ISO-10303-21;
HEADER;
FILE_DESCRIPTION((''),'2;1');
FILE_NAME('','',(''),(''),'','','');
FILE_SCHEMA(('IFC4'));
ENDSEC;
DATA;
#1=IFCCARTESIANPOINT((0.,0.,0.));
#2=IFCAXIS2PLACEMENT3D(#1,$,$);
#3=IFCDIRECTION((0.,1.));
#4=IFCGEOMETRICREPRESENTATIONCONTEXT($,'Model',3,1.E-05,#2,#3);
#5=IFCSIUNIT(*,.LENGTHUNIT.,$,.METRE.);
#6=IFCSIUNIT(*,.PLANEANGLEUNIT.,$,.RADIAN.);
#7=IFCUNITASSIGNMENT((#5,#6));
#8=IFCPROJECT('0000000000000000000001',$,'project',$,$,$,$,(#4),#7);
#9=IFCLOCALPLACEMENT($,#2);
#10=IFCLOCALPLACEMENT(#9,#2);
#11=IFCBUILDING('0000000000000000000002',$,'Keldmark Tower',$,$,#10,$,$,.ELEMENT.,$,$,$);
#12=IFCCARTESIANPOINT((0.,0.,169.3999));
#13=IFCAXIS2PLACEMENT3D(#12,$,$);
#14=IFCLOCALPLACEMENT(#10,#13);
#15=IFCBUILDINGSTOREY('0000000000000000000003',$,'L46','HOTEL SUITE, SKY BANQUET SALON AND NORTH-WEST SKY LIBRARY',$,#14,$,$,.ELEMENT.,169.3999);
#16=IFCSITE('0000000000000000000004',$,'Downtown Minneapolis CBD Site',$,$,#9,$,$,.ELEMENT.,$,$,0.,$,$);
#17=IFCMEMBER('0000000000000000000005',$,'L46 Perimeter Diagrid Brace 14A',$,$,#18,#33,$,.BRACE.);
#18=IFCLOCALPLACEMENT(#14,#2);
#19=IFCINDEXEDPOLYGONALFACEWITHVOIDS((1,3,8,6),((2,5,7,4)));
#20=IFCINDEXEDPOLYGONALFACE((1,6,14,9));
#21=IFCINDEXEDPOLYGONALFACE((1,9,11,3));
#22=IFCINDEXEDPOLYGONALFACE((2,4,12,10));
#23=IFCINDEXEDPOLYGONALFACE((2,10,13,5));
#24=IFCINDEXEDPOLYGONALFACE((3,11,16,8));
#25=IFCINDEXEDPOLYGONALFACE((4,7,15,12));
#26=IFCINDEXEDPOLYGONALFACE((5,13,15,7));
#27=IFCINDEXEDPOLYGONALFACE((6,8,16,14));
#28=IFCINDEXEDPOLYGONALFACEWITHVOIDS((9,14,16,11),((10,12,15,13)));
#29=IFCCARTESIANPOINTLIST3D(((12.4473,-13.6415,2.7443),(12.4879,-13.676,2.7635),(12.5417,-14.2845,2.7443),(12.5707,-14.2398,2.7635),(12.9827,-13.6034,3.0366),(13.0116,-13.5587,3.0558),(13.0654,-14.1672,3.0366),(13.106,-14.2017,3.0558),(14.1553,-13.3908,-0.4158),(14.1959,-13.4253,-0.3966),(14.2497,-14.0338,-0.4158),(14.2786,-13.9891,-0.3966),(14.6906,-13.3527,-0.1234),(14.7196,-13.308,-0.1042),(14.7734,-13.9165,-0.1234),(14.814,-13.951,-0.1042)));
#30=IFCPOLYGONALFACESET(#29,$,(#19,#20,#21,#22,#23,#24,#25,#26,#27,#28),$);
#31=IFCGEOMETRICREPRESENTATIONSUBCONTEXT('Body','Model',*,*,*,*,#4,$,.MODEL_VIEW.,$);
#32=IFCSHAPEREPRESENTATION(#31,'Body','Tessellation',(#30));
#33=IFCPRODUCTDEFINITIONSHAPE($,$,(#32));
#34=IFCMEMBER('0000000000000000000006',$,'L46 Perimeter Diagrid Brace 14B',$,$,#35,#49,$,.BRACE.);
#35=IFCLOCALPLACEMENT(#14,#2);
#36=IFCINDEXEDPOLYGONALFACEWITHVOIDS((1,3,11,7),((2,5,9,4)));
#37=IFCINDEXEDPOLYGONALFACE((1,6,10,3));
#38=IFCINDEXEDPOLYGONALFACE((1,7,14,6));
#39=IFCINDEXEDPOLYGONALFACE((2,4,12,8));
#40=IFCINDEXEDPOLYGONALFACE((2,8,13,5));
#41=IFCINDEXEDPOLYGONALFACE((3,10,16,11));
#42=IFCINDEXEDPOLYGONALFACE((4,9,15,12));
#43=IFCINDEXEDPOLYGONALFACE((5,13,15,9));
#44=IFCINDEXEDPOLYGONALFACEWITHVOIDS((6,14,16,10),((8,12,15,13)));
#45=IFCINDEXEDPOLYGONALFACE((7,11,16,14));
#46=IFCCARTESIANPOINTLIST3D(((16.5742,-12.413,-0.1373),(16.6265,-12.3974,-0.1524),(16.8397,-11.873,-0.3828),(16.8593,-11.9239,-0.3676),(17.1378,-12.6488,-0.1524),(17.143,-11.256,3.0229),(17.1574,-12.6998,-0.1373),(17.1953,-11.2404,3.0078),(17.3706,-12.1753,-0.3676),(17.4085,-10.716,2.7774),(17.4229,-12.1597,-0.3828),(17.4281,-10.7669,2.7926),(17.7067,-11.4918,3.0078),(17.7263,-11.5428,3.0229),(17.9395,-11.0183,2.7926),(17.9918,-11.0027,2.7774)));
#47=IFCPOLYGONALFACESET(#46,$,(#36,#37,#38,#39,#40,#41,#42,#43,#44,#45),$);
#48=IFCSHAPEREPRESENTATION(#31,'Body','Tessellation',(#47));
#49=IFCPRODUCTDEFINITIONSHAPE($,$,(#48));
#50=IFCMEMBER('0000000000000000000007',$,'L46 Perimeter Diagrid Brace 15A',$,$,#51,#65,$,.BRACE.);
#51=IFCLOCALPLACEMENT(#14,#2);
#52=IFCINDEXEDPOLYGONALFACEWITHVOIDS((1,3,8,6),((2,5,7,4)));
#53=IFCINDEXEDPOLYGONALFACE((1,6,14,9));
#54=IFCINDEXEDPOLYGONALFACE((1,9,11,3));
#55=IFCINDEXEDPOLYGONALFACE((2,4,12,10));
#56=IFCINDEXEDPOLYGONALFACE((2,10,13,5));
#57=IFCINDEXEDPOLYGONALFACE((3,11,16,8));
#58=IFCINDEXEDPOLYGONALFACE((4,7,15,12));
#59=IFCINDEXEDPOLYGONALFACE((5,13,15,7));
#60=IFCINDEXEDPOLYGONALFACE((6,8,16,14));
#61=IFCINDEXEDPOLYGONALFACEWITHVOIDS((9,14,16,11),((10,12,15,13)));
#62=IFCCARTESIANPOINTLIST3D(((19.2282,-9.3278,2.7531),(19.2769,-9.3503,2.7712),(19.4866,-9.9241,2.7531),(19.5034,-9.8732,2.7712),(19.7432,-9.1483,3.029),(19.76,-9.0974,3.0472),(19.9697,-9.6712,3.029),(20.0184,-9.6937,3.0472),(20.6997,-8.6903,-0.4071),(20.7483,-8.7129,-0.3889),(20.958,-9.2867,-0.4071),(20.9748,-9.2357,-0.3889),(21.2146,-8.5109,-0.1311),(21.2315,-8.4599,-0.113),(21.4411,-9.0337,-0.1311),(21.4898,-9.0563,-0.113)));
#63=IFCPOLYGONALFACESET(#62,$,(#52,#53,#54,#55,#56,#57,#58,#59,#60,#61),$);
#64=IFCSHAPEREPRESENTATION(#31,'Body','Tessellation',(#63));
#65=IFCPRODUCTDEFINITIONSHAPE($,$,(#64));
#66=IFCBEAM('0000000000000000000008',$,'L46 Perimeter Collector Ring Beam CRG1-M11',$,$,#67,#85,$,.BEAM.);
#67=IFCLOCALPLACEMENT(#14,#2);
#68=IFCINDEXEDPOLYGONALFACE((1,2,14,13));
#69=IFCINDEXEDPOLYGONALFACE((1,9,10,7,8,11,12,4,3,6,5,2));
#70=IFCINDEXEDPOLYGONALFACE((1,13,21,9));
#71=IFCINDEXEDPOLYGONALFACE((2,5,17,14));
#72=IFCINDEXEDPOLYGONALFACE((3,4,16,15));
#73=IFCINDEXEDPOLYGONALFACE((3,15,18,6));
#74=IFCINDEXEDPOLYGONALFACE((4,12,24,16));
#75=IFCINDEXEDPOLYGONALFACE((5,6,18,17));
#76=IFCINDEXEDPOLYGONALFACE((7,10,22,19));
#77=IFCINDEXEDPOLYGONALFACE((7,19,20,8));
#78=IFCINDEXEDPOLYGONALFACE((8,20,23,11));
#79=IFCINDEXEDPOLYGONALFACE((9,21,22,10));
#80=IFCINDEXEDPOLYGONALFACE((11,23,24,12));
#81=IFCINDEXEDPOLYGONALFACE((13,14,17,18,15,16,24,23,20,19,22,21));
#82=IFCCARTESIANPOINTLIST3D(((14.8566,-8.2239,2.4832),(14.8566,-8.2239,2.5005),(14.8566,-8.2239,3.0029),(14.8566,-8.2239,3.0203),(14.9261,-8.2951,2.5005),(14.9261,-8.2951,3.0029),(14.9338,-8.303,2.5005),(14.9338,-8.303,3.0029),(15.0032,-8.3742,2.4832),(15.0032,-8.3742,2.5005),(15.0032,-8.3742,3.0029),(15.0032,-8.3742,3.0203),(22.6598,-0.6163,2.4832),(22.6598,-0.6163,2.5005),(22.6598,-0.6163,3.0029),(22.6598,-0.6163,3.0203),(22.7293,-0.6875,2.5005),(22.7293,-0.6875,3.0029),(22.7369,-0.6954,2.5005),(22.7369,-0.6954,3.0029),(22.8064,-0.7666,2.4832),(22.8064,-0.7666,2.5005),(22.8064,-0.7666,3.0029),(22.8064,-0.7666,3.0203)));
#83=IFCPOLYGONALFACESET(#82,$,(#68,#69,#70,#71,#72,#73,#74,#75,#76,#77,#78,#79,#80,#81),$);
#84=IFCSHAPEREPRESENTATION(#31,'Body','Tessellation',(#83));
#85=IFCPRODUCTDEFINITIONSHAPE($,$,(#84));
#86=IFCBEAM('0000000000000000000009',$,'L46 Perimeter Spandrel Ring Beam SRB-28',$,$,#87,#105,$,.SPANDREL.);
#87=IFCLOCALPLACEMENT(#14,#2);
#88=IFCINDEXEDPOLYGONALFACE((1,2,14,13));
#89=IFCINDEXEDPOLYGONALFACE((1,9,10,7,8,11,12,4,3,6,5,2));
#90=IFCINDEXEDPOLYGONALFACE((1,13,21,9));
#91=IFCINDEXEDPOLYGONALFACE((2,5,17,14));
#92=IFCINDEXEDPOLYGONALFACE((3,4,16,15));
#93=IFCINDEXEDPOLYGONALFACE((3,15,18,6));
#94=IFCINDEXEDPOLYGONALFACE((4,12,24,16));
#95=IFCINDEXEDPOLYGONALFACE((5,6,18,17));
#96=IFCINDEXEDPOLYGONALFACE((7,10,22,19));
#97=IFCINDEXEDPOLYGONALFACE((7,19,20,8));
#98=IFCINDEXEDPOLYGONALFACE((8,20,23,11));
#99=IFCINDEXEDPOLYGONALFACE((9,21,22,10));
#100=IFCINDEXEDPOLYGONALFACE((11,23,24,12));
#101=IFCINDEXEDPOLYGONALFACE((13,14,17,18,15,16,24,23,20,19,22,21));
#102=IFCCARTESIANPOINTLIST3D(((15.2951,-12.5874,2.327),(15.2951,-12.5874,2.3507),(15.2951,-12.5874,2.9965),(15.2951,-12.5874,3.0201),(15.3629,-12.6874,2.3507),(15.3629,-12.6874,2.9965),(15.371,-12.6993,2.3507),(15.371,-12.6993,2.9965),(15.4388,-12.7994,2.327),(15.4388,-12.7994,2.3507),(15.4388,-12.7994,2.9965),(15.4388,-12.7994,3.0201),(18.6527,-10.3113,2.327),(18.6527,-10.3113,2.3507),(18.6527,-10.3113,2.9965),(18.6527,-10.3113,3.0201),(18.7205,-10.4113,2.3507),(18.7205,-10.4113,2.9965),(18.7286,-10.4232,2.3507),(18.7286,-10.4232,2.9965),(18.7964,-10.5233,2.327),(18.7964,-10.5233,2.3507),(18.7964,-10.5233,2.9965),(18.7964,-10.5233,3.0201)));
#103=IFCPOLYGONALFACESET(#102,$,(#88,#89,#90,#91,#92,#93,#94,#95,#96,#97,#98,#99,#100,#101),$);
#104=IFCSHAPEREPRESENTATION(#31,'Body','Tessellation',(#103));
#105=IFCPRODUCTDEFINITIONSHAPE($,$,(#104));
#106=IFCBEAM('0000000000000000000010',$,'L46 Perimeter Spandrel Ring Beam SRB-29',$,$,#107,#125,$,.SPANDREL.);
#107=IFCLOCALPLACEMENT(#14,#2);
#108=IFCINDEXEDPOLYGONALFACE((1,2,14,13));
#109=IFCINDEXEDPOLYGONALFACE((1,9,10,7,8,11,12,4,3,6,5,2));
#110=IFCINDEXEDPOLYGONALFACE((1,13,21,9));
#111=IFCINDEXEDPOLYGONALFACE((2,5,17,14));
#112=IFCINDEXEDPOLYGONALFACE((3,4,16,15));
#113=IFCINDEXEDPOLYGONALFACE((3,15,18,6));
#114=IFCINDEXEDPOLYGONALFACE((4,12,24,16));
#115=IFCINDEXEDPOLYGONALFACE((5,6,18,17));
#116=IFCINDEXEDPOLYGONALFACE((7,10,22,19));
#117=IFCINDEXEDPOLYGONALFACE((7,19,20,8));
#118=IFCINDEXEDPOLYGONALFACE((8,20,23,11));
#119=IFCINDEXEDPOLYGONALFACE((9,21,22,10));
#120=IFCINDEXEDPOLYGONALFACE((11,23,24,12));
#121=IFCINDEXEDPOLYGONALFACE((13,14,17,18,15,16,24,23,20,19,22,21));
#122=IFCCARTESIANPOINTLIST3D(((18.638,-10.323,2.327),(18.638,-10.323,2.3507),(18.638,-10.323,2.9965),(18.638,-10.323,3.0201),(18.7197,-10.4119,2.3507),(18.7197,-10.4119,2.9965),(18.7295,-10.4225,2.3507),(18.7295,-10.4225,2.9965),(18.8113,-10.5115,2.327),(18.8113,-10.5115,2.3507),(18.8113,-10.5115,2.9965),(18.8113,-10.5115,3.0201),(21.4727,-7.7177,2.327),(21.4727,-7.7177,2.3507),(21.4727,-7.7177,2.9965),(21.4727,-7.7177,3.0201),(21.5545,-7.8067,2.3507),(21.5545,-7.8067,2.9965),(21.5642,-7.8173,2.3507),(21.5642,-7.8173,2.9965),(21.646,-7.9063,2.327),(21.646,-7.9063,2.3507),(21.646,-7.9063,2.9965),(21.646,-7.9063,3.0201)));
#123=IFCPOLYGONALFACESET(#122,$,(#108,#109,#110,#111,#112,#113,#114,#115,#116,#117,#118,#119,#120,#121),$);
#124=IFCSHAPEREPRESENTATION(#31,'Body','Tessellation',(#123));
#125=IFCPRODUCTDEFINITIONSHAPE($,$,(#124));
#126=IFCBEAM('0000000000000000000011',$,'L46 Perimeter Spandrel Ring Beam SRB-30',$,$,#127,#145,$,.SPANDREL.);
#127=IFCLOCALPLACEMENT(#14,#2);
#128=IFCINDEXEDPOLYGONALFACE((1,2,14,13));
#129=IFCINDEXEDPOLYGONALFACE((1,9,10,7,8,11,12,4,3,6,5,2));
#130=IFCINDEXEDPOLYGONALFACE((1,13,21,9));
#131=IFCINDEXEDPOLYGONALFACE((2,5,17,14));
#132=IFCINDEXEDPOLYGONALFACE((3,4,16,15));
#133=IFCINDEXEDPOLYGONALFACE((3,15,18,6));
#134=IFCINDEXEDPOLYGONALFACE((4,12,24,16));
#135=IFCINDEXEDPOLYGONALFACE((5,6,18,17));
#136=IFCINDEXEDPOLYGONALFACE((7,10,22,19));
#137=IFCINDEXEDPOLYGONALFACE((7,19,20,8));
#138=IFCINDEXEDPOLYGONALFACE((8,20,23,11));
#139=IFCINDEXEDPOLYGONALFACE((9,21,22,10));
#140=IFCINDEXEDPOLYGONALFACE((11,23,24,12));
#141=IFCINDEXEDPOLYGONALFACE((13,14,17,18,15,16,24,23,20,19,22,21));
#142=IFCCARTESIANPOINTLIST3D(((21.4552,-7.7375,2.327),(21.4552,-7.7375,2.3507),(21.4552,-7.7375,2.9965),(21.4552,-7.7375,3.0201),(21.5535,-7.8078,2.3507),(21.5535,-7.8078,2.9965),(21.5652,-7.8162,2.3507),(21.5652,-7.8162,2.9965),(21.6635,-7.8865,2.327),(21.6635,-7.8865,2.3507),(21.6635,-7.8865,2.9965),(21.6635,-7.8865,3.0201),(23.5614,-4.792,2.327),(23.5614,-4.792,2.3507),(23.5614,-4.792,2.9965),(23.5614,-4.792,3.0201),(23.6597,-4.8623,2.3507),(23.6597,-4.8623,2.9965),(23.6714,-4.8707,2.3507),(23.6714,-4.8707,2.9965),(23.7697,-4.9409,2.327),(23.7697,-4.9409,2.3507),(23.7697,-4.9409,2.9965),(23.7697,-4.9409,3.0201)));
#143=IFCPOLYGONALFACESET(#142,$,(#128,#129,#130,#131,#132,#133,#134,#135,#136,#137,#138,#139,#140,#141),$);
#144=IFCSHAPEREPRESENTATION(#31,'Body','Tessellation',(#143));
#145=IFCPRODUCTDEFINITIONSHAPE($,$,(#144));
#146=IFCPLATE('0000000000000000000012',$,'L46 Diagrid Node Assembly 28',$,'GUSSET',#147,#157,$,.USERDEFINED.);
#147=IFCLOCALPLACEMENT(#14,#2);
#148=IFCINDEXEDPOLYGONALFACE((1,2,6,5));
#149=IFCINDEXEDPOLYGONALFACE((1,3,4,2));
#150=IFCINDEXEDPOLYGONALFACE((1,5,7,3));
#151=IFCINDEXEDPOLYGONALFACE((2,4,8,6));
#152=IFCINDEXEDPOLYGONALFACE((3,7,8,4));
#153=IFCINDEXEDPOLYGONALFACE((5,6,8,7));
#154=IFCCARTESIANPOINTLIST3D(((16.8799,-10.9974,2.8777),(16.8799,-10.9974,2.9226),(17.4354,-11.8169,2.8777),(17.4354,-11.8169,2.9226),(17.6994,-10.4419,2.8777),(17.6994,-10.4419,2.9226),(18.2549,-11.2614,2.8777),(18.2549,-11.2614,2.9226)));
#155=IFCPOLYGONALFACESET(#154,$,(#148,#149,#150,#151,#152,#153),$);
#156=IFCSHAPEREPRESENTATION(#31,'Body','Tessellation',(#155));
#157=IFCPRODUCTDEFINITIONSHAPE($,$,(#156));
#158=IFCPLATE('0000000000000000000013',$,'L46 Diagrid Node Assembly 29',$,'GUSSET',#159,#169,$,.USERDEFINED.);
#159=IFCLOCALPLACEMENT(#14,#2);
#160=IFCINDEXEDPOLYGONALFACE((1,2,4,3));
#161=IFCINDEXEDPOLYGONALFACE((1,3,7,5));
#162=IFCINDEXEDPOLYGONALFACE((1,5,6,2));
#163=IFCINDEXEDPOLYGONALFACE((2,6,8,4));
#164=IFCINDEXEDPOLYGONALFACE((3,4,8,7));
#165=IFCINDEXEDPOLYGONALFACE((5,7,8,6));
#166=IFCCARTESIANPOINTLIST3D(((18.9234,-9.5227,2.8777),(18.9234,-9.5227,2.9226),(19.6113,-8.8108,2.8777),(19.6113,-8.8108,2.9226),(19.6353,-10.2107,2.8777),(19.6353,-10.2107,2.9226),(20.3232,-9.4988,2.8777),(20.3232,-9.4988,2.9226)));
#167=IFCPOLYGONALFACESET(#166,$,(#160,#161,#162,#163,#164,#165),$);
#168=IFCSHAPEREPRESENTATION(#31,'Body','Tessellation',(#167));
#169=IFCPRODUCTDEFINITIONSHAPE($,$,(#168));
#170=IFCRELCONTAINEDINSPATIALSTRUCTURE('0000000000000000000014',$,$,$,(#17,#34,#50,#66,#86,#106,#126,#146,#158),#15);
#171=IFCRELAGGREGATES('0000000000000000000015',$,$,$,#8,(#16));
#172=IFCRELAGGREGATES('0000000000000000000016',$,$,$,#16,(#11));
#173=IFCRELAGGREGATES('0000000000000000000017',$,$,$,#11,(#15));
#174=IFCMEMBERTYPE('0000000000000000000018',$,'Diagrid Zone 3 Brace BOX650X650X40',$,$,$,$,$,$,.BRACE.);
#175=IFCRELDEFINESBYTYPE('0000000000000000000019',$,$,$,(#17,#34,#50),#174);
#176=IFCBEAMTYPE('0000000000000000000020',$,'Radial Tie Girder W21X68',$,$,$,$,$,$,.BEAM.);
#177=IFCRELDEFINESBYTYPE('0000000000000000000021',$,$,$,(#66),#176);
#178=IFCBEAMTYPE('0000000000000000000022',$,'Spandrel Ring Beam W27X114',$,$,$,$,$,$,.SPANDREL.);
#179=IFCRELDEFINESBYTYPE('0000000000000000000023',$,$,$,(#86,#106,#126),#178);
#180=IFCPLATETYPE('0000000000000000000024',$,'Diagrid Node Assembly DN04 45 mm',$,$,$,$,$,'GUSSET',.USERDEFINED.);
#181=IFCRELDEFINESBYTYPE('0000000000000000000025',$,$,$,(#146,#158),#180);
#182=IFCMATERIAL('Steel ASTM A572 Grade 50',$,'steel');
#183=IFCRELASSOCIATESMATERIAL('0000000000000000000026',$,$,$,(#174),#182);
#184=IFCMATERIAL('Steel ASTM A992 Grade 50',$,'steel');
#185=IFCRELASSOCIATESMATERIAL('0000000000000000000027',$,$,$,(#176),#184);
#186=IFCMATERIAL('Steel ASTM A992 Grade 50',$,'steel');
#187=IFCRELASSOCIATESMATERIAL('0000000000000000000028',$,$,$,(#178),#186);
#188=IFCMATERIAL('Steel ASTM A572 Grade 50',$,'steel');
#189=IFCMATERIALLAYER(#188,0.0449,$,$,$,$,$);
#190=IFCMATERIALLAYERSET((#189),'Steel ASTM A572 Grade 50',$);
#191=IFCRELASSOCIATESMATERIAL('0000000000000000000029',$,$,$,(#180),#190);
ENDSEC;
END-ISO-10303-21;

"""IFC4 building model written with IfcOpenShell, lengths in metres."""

from ifc_helpers import new_model, si_unit, direction, frame, origin, origin_2d, place, context, subcontext, project, spatial, rectangle, hollow_rectangle, i_section, extrude, material, layer, layer_set, material_profile, profile_set, type_object, element, save


model = new_model("IFC4")

# Units and contexts
model_context = context("Model", 3, precision=1e-05, world=origin(), true_north=direction((0.0, 1.0)))
body_context = subcontext(model_context, "Body", "Model", "MODEL_VIEW")
ifc_project = project(units=[si_unit("LENGTHUNIT", "METRE"), si_unit("PLANEANGLEUNIT", "RADIAN")], contexts=[model_context])

# Site, building, storey
site_placement = place(None, origin())
site = spatial("IfcSite", under=ifc_project, at=site_placement, Name="Downtown Minneapolis CBD Site", CompositionType="ELEMENT", RefElevation=0.0)
building_placement = place(site_placement, origin())
building = spatial("IfcBuilding", under=site, at=building_placement, Name="Keldmark Tower", CompositionType="ELEMENT")
storey_placement = place(building_placement, frame((0.0, 0.0, 169.3999)))
storey = spatial("IfcBuildingStorey", under=building, at=storey_placement, Name="L46", Description="HOTEL SUITE, SKY BANQUET SALON AND NORTH-WEST SKY LIBRARY", CompositionType="ELEMENT", Elevation=169.3999)

# Members
ifc_material_1 = material(Name="Steel ASTM A572 Grade 50", Category="steel")
ifc_material_profile_1 = material_profile(ifc_material_1, hollow_rectangle(XDim=0.6499, YDim=0.6499, WallThickness=0.04, at=origin_2d()), Name="BOX650X650X40")
ifc_profile_set_1 = profile_set([ifc_material_profile_1], Name="Steel ASTM A572 Grade 50")
member_type = type_object("IfcMemberType", Name="Diagrid Zone 3 Brace BOX650X650X40", PredefinedType="BRACE", material=ifc_profile_set_1)
member_1_placement = place(storey_placement, frame((14.4846, -13.6709, -0.26), z_axis=(-0.474323, -0.06963, 0.877593), x_axis=(0.145242, -0.989396, 0.0)))
element("IfcMember", 1, at=member_1_placement, inside=storey, type_object=member_type, Name="L46 Perimeter Diagrid Brace 14A", PredefinedType="BRACE", context=body_context, shape_type="SweptSolid", body=[
    extrude(hollow_rectangle(XDim=0.6499, YDim=0.6499, WallThickness=0.04, at=origin_2d()), origin(), (0.0, 0.0, 1.0), 3.6008),
])
member_2_placement = place(storey_placement, frame((16.9985, -12.2864, -0.26), z_axis=(0.166669, 0.33899, 0.925909), x_axis=(-0.897399, 0.44122, 0.0)))
element("IfcMember", 2, at=member_2_placement, inside=storey, type_object=member_type, Name="L46 Perimeter Diagrid Brace 14B", PredefinedType="BRACE", context=body_context, shape_type="SweptSolid", body=[
    extrude(hollow_rectangle(XDim=0.6499, YDim=0.6499, WallThickness=0.04, at=origin_2d()), origin(), (0.0, 0.0, 1.0), 3.4131),
])
member_3_placement = place(storey_placement, frame((21.0947, -8.8733, -0.26), z_axis=(-0.415222, -0.179881, 0.891759), x_axis=(0.397518, -0.917595, 0.0)))
element("IfcMember", 3, at=member_3_placement, inside=storey, type_object=member_type, Name="L46 Perimeter Diagrid Brace 15A", PredefinedType="BRACE", context=body_context, shape_type="SweptSolid", body=[
    extrude(hollow_rectangle(XDim=0.6499, YDim=0.6499, WallThickness=0.04, at=origin_2d()), origin(), (0.0, 0.0, 1.0), 3.5437),
])

# Beams
ifc_material_2 = material(Name="Steel ASTM A992 Grade 50", Category="steel")
ifc_material_profile_2 = material_profile(ifc_material_2, i_section(OverallWidth=0.21, OverallDepth=0.5371, WebThickness=0.011, FlangeThickness=0.0173, at=origin_2d()), Name="W21X68")
ifc_profile_set_2 = profile_set([ifc_material_profile_2], Name="Steel ASTM A992 Grade 50")
beam_type_1 = type_object("IfcBeamType", Name="Radial Tie Girder W21X68", PredefinedType="BEAM", material=ifc_profile_set_2)
beam_1_placement = place(storey_placement, frame((14.9299, -8.2991, 2.7517), z_axis=(0.716022, 0.698078, 0.0), x_axis=(-0.698078, 0.716022, 0.0)))
element("IfcBeam", 4, at=beam_1_placement, inside=storey, type_object=beam_type_1, Name="L46 Perimeter Collector Ring Beam CRG1-M11", PredefinedType="BEAM", context=body_context, shape_type="SweptSolid", body=[
    extrude(i_section(OverallWidth=0.21, OverallDepth=0.5371, WebThickness=0.011, FlangeThickness=0.0173, at=origin_2d()), origin(), (0.0, 0.0, 1.0), 10.8979),
])
ifc_material_3 = material(Name="Steel ASTM A992 Grade 50", Category="steel")
ifc_material_profile_3 = material_profile(ifc_material_3, i_section(OverallWidth=0.2561, OverallDepth=0.6931, WebThickness=0.0144, FlangeThickness=0.0237, at=origin_2d()), Name="W27X114")
ifc_profile_set_3 = profile_set([ifc_material_profile_3], Name="Steel ASTM A992 Grade 50")
beam_type_2 = type_object("IfcBeamType", Name="Spandrel Ring Beam W27X114", PredefinedType="SPANDREL", material=ifc_profile_set_3)
beam_2_placement = place(storey_placement, frame((15.3669, -12.6934, 2.6736), z_axis=(0.827738, 0.561114, 0.0), x_axis=(-0.561114, 0.827738, 0.0)))
element("IfcBeam", 5, at=beam_2_placement, inside=storey, type_object=beam_type_2, Name="L46 Perimeter Spandrel Ring Beam SRB-28", PredefinedType="SPANDREL", context=body_context, shape_type="SweptSolid", body=[
    extrude(i_section(OverallWidth=0.2561, OverallDepth=0.6931, WebThickness=0.0144, FlangeThickness=0.0237, at=origin_2d()), origin(), (0.0, 0.0, 1.0), 4.0564),
])
beam_3_placement = place(storey_placement, frame((18.7246, -10.4172, 2.6736), z_axis=(0.736282, 0.676675, 0.0), x_axis=(-0.676675, 0.736282, 0.0)))
element("IfcBeam", 6, at=beam_3_placement, inside=storey, type_object=beam_type_2, Name="L46 Perimeter Spandrel Ring Beam SRB-29", PredefinedType="SPANDREL", context=body_context, shape_type="SweptSolid", body=[
    extrude(i_section(OverallWidth=0.2561, OverallDepth=0.6931, WebThickness=0.0144, FlangeThickness=0.0237, at=origin_2d()), origin(), (0.0, 0.0, 1.0), 3.8501),
])
beam_4_placement = place(storey_placement, frame((21.5593, -7.812, 2.6736), z_axis=(0.581646, 0.813442, 0.0), x_axis=(-0.813442, 0.581646, 0.0)))
element("IfcBeam", 7, at=beam_4_placement, inside=storey, type_object=beam_type_2, Name="L46 Perimeter Spandrel Ring Beam SRB-30", PredefinedType="SPANDREL", context=body_context, shape_type="SweptSolid", body=[
    extrude(i_section(OverallWidth=0.2561, OverallDepth=0.6931, WebThickness=0.0144, FlangeThickness=0.0237, at=origin_2d()), origin(), (0.0, 0.0, 1.0), 3.6211),
])

# Plates
ifc_material_4 = material(Name="Steel ASTM A572 Grade 50", Category="steel")
ifc_layer_1 = layer(ifc_material_4, 0.0449)
ifc_layer_set_1 = layer_set([ifc_layer_1], Name="Steel ASTM A572 Grade 50")
plate_type = type_object("IfcPlateType", Name="Diagrid Node Assembly DN04 45 mm", ElementType="GUSSET", PredefinedType="USERDEFINED", material=ifc_layer_set_1)
for number, where, z_axis, x_axis, name in (
    (8, (17.5674, -11.1294, 2.8777), (0.0, 0.0, 1.0), (0.827767, 0.561072, 0.0), "L46 Diagrid Node Assembly 28"),
    (9, (19.6233, -9.5107, 2.8777), (0.0, 0.0, 1.0), (0.694909, 0.719097, 0.0), "L46 Diagrid Node Assembly 29"),
):
    element("IfcPlate", number, at=place(storey_placement, frame(where, z_axis=z_axis, x_axis=x_axis)), inside=storey, type_object=plate_type, Name=name, ObjectType="GUSSET", PredefinedType="USERDEFINED", context=body_context, shape_type="SweptSolid", body=[
        extrude(rectangle(XDim=0.99, YDim=0.99, at=origin_2d()), origin(), (0.0, 0.0, 1.0), 0.0449),
    ])

save(model, "model.ifc")
